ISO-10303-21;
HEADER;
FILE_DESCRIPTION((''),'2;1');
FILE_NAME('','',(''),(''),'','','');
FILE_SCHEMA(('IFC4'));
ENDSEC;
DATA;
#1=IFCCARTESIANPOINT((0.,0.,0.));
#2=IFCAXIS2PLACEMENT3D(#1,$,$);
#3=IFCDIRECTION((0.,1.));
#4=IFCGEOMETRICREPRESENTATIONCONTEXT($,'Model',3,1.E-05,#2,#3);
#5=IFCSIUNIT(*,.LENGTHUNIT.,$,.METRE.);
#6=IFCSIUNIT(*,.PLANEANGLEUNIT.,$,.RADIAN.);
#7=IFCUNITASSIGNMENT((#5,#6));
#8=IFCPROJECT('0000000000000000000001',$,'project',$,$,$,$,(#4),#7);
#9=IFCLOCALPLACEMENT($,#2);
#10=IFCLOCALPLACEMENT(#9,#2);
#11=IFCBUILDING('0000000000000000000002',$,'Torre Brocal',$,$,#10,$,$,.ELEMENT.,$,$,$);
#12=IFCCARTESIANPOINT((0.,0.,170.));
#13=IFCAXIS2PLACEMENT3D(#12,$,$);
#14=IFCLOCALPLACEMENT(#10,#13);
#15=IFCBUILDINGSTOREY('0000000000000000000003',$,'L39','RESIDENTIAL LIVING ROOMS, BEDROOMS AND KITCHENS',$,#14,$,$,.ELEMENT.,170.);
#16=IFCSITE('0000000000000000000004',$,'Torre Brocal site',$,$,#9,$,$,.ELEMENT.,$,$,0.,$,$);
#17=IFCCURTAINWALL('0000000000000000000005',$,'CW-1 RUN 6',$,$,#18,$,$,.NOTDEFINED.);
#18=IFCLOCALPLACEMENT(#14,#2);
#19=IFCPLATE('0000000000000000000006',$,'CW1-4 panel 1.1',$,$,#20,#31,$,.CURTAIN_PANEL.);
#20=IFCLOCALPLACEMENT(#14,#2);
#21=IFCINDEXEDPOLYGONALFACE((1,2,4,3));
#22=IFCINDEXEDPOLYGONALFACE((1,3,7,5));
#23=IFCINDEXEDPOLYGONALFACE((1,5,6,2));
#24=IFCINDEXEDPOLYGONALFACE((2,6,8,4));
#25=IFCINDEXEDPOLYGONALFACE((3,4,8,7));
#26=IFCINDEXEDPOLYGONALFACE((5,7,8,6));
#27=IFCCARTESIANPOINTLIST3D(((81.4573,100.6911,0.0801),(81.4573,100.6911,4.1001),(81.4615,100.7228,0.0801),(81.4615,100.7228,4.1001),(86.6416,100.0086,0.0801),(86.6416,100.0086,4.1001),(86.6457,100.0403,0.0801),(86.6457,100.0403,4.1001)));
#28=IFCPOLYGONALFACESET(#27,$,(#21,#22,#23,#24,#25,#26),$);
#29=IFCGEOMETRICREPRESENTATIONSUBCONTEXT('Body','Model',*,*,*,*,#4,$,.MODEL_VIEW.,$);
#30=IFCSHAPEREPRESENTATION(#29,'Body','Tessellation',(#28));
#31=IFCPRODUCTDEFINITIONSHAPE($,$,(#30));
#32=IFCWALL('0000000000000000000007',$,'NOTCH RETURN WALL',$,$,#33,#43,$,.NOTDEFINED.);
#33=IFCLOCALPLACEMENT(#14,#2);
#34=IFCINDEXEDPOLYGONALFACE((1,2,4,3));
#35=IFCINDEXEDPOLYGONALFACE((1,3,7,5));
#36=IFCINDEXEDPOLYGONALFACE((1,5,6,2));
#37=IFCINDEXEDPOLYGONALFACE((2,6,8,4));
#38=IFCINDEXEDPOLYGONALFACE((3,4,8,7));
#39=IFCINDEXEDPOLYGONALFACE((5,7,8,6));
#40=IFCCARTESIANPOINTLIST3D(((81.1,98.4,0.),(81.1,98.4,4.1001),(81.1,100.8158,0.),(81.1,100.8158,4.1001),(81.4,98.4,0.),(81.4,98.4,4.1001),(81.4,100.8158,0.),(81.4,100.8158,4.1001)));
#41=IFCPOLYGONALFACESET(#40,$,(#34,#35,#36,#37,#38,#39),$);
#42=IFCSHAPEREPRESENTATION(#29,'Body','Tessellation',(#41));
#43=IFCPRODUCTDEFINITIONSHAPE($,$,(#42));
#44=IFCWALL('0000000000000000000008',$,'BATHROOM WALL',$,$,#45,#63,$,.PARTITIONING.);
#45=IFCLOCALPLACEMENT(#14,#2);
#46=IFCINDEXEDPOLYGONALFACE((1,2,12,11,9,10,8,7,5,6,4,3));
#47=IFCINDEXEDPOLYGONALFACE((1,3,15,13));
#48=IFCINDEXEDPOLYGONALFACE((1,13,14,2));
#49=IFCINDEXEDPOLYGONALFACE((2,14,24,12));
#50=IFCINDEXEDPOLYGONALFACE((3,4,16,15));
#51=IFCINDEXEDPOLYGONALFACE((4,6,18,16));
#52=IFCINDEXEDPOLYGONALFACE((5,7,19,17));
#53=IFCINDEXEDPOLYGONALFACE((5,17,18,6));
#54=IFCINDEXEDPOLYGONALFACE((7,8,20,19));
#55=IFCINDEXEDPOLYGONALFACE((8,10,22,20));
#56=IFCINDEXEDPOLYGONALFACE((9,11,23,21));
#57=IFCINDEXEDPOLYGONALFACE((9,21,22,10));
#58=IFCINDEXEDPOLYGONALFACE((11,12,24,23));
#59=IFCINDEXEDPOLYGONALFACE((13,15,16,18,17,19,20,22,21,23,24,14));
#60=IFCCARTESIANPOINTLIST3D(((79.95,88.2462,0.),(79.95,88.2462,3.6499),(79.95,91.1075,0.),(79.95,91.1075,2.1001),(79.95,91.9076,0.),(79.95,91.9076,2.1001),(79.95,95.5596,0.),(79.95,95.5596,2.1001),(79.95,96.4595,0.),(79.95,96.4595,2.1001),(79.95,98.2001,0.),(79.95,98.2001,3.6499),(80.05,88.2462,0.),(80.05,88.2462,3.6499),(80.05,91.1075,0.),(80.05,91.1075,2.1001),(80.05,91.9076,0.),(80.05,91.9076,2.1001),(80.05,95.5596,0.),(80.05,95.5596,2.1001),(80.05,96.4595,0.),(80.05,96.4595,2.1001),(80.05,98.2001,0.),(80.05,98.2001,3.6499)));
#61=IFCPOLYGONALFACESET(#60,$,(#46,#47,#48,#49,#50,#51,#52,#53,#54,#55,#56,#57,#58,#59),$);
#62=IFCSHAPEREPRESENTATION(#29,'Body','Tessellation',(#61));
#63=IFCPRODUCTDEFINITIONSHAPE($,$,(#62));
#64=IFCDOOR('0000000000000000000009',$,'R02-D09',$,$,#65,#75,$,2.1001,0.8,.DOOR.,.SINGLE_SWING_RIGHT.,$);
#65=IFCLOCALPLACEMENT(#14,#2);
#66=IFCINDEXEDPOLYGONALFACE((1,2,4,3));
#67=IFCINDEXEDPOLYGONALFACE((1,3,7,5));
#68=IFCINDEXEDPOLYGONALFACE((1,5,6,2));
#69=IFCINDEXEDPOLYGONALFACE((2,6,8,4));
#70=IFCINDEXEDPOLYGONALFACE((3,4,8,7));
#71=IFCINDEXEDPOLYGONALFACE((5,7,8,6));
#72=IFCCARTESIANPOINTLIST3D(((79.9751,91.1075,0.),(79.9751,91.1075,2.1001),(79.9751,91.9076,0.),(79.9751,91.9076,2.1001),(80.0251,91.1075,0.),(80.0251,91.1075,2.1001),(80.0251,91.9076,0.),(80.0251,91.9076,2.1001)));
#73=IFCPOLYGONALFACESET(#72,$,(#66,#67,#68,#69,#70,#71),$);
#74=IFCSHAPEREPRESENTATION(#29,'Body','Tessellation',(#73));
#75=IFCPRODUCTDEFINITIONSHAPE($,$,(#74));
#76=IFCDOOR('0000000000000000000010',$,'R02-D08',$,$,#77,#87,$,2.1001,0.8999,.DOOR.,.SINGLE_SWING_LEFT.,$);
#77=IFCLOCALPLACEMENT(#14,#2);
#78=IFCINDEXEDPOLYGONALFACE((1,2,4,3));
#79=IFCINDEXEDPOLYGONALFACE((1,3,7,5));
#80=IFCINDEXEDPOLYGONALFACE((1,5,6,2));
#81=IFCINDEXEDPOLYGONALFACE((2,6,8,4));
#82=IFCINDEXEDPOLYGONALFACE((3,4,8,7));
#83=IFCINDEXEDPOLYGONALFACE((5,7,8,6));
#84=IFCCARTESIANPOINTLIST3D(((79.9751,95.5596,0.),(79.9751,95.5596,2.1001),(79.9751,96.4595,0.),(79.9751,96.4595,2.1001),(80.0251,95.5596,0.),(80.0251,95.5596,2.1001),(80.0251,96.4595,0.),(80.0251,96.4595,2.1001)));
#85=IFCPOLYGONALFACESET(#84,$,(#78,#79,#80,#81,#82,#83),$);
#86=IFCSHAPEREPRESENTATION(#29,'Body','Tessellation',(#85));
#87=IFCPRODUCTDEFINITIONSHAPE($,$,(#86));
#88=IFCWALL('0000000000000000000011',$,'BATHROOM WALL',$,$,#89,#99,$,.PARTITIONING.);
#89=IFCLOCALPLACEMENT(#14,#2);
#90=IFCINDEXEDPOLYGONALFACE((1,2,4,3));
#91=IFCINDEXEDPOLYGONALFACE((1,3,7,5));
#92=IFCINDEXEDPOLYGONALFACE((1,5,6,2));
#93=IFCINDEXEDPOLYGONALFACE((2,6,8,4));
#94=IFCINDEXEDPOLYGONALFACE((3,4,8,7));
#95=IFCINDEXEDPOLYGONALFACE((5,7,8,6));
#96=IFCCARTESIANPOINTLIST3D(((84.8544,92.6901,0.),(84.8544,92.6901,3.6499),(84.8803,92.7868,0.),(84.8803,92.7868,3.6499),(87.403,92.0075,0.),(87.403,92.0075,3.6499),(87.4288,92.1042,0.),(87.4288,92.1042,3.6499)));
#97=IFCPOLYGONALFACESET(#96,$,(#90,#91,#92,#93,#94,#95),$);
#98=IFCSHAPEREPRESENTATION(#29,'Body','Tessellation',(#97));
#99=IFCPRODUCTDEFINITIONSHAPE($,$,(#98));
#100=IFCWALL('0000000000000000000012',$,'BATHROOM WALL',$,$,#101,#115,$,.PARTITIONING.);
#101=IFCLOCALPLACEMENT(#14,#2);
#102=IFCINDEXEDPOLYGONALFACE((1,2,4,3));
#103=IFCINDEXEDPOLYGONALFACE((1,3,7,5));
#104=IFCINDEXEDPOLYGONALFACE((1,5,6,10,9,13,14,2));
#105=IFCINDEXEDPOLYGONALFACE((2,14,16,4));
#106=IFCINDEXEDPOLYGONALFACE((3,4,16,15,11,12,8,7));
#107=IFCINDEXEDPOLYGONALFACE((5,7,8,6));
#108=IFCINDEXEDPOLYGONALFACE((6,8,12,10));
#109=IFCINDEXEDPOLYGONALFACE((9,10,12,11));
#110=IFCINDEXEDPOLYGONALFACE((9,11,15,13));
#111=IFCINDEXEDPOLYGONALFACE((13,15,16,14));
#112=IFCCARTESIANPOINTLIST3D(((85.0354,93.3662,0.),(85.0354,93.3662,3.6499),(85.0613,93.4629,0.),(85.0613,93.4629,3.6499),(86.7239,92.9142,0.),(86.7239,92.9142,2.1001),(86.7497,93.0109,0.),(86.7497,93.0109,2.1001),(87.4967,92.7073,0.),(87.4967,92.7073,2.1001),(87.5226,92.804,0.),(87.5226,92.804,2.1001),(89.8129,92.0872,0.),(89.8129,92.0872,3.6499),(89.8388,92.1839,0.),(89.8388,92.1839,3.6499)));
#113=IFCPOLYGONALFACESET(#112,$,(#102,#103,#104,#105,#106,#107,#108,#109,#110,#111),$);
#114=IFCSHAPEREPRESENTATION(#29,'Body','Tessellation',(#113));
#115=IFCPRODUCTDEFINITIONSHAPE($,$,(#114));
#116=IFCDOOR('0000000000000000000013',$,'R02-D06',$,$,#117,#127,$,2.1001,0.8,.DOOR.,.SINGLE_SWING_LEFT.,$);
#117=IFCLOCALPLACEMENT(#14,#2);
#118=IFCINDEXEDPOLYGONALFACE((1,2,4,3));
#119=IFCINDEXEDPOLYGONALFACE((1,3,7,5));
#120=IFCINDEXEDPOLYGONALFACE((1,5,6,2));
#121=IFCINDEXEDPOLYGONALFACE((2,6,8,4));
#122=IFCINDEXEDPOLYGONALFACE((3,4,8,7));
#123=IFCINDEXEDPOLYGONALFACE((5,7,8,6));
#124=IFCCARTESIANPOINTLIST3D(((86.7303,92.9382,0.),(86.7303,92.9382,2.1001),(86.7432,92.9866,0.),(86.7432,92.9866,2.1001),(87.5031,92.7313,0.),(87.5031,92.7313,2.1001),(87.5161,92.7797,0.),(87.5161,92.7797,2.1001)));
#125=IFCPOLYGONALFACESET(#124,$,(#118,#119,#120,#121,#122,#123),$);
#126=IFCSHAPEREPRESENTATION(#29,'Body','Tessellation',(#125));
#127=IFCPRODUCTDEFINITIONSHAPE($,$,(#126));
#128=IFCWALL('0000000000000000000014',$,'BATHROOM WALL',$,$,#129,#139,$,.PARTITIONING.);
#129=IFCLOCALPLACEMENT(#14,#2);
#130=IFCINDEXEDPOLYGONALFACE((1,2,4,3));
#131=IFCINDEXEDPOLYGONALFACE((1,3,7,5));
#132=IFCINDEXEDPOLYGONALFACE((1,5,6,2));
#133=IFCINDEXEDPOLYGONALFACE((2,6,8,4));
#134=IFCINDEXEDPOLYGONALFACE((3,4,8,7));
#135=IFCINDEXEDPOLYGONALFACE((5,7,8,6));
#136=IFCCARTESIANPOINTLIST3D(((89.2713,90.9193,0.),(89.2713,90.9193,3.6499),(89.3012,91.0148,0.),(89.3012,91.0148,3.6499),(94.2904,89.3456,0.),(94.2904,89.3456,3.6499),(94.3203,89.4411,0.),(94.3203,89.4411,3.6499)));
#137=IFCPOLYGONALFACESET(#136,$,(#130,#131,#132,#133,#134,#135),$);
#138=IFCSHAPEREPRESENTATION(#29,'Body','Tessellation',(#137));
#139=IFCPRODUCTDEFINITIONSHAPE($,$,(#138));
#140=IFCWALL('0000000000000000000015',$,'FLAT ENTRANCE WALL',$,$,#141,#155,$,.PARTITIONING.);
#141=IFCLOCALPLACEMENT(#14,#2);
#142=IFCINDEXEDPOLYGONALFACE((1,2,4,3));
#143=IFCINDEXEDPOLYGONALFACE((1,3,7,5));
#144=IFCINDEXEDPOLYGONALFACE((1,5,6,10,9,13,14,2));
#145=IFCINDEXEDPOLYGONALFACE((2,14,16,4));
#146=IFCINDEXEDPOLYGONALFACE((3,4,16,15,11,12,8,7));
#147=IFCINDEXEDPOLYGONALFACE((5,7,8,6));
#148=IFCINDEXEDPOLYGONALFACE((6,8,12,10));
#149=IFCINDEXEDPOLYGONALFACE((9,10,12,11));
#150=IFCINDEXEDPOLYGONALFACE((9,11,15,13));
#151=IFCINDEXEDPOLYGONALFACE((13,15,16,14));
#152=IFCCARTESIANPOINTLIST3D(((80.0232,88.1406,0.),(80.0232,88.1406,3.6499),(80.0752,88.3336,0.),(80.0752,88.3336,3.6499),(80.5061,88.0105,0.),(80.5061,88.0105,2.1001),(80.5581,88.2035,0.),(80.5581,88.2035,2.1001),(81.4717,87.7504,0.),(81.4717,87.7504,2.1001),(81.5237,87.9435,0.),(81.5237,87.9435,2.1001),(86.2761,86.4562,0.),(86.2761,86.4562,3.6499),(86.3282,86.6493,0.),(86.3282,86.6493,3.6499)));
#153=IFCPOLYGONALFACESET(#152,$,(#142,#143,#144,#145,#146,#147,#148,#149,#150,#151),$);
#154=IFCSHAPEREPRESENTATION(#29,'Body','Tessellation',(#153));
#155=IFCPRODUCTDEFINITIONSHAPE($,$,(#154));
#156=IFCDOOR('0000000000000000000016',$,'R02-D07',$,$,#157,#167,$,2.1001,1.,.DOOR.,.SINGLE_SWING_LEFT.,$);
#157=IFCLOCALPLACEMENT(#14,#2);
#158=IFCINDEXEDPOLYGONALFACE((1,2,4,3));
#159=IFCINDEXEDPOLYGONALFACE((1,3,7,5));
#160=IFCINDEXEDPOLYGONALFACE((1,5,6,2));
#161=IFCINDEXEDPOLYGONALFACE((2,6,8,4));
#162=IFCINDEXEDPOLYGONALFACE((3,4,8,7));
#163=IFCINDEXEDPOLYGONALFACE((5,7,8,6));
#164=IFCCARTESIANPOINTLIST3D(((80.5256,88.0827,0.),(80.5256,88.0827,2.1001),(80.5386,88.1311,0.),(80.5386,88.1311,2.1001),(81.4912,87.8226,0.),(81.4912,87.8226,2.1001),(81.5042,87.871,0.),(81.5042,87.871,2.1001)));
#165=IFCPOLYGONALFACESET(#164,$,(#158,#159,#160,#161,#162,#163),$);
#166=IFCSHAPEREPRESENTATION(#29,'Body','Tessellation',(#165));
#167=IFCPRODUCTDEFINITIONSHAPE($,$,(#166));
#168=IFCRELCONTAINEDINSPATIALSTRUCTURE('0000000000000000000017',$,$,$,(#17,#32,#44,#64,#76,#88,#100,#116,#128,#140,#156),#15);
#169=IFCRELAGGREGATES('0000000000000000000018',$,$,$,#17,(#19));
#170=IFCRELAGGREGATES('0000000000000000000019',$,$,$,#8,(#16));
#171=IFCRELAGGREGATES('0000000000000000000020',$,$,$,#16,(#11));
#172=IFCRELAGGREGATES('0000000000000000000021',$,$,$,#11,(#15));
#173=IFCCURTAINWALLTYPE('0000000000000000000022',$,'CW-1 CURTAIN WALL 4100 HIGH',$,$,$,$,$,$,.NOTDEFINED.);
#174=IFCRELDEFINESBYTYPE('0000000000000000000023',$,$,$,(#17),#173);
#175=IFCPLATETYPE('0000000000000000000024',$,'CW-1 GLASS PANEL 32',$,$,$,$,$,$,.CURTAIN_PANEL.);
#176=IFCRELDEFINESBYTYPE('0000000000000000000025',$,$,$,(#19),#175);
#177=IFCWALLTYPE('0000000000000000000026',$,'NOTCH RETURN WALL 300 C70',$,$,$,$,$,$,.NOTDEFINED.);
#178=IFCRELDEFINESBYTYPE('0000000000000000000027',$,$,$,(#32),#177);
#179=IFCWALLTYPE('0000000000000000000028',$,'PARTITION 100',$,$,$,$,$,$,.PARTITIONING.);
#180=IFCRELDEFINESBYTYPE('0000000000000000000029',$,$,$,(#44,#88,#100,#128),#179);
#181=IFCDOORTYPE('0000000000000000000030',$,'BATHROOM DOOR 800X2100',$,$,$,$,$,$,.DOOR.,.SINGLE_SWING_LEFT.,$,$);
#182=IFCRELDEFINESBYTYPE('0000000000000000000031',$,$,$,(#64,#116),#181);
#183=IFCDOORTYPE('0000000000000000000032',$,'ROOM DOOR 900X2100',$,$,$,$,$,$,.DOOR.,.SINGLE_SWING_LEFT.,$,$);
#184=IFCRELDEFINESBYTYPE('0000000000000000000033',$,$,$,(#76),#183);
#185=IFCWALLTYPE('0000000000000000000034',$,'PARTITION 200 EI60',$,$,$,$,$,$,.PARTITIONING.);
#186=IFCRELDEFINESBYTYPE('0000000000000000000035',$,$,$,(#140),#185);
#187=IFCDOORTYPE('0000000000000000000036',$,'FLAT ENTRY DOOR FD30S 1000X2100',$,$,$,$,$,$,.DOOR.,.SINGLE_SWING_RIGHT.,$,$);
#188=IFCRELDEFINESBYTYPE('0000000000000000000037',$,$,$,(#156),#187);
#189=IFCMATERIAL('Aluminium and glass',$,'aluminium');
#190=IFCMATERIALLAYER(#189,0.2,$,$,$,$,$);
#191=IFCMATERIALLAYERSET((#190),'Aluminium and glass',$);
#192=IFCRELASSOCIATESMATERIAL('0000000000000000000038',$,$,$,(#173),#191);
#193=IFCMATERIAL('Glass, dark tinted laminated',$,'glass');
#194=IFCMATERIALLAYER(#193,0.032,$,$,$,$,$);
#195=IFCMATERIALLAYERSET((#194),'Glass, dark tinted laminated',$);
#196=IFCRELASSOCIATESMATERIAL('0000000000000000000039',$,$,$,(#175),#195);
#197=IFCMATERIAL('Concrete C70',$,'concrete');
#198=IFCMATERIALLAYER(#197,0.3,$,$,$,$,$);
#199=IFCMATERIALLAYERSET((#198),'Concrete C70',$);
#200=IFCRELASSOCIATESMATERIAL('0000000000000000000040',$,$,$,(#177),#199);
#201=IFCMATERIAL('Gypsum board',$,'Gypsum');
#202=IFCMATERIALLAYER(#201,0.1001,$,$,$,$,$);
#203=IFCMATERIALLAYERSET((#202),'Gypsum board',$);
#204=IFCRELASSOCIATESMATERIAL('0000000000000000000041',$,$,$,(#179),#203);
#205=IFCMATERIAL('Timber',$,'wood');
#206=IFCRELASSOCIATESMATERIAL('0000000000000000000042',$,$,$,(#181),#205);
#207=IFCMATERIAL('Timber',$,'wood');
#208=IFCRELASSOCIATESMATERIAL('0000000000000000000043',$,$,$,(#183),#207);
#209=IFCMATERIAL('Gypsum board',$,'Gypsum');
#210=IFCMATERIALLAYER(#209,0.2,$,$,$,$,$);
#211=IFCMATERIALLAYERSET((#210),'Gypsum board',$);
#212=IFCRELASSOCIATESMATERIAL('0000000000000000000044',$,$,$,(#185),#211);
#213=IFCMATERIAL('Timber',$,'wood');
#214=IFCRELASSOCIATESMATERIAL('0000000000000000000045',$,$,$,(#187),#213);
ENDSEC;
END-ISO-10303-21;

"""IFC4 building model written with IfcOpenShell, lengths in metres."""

from ifc_helpers import new_model, si_unit, direction, frame, frame_2d, origin, origin_2d, place, context, subcontext, project, spatial, rectangle, extrude, material, layer, layer_set, type_object, element, fill, aggregate, save


model = new_model("IFC4")

# Units and contexts
model_context = context("Model", 3, precision=1e-05, world=origin(), true_north=direction((0.0, 1.0)))
body_context = subcontext(model_context, "Body", "Model", "MODEL_VIEW")
ifc_project = project(units=[si_unit("LENGTHUNIT", "METRE"), si_unit("PLANEANGLEUNIT", "RADIAN")], contexts=[model_context])

# Site, building, storey
site_placement = place(None, origin())
site = spatial("IfcSite", under=ifc_project, at=site_placement, Name="Torre Brocal site", CompositionType="ELEMENT", RefElevation=0.0)
building_placement = place(site_placement, origin())
building = spatial("IfcBuilding", under=site, at=building_placement, Name="Torre Brocal", CompositionType="ELEMENT")
storey_placement = place(building_placement, frame((0.0, 0.0, 170.0)))
storey = spatial("IfcBuildingStorey", under=building, at=storey_placement, Name="L39", Description="RESIDENTIAL LIVING ROOMS, BEDROOMS AND KITCHENS", CompositionType="ELEMENT", Elevation=170.0)

# Shared definitions
ifc_material_1 = material(Name="Aluminium and glass", Category="aluminium")
ifc_layer_1 = layer(ifc_material_1, 0.2)
ifc_layer_set_1 = layer_set([ifc_layer_1], Name="Aluminium and glass")
curtain_wall_type = type_object("IfcCurtainWallType", Name="CW-1 CURTAIN WALL 4100 HIGH", PredefinedType="NOTDEFINED", material=ifc_layer_set_1)

# Curtain wall
curtain_wall_1_placement = place(storey_placement, origin())
curtain_wall_1 = element("IfcCurtainWall", 1, at=curtain_wall_1_placement, inside=storey, type_object=curtain_wall_type, Name="CW-1 RUN 6", PredefinedType="NOTDEFINED")

# Plate
ifc_material_2 = material(Name="Glass, dark tinted laminated", Category="glass")
ifc_layer_2 = layer(ifc_material_2, 0.032)
ifc_layer_set_2 = layer_set([ifc_layer_2], Name="Glass, dark tinted laminated")
plate_type = type_object("IfcPlateType", Name="CW-1 GLASS PANEL 32", PredefinedType="CURTAIN_PANEL", material=ifc_layer_set_2)
plate_1_placement = place(storey_placement, frame((84.0515, 100.3657, 0.0801), z_axis=(0.0, 0.0, 1.0), x_axis=(-0.991445, 0.130526, 0.0)))
plate_1 = element("IfcPlate", 2, at=plate_1_placement, type_object=plate_type, Name="CW1-4 panel 1.1", PredefinedType="CURTAIN_PANEL", context=body_context, shape_type="SweptSolid", body=[
    extrude(rectangle(XDim=5.229, YDim=0.032, at=origin_2d()), origin(), (0.0, 0.0, 1.0), 4.02),
])
aggregate(curtain_wall_1, [plate_1])

# Wall
ifc_material_3 = material(Name="Concrete C70", Category="concrete")
ifc_layer_3 = layer(ifc_material_3, 0.3)
ifc_layer_set_3 = layer_set([ifc_layer_3], Name="Concrete C70")
wall_type_1 = type_object("IfcWallType", Name="NOTCH RETURN WALL 300 C70", PredefinedType="NOTDEFINED", material=ifc_layer_set_3)
wall_1_placement = place(storey_placement, frame((81.25, 98.3999, 0.0), z_axis=(0.0, 0.0, 1.0), x_axis=(0.0, 1.0, 0.0)))
element("IfcWall", 3, at=wall_1_placement, inside=storey, type_object=wall_type_1, Name="NOTCH RETURN WALL", PredefinedType="NOTDEFINED", context=body_context, shape_type="SweptSolid", body=[
    extrude(rectangle(XDim=2.4158, YDim=0.3, at=frame_2d((1.208, 0.0))), origin(), (0.0, 0.0, 1.0), 4.1001),
])

# Wall, openings, doors
ifc_material_4 = material(Name="Gypsum board", Category="Gypsum")
ifc_layer_4 = layer(ifc_material_4, 0.1001)
ifc_layer_set_4 = layer_set([ifc_layer_4], Name="Gypsum board")
wall_type_2 = type_object("IfcWallType", Name="PARTITION 100", PredefinedType="PARTITIONING", material=ifc_layer_set_4)
wall_2_placement = place(storey_placement, frame((80.0, 88.2461, 0.0), z_axis=(0.0, 0.0, 1.0), x_axis=(0.0, 1.0, 0.0)))
wall_2 = element("IfcWall", 4, at=wall_2_placement, inside=storey, type_object=wall_type_2, Name="BATHROOM WALL", PredefinedType="PARTITIONING", context=body_context, shape_type="SweptSolid", body=[
    extrude(rectangle(XDim=9.9539, YDim=0.1001, at=frame_2d((4.9771, 0.0))), origin(), (0.0, 0.0, 1.0), 3.6499),
])
opening_1_placement = place(wall_2_placement, frame((7.3135, 0.0, 0.0)))
opening_1 = element("IfcOpeningElement", 5, at=opening_1_placement, cuts=wall_2, PredefinedType="OPENING", context=body_context, shape_type="SweptSolid", body=[
    extrude(rectangle(XDim=0.8999, YDim=2.1001, at=frame_2d((0.45, 1.05))), frame((0.0, 0.0601, 0.0), z_axis=(0.0, -1.0, 0.0), x_axis=(1.0, 0.0, 0.0)), (0.0, 0.0, 1.0), 0.1201),
])
opening_2_placement = place(wall_2_placement, frame((2.8616, 0.0, 0.0)))
opening_2 = element("IfcOpeningElement", 6, at=opening_2_placement, cuts=wall_2, PredefinedType="OPENING", context=body_context, shape_type="SweptSolid", body=[
    extrude(rectangle(XDim=0.8, YDim=2.1001, at=frame_2d((0.3999, 1.05))), frame((0.0, 0.0601, 0.0), z_axis=(0.0, -1.0, 0.0), x_axis=(1.0, 0.0, 0.0)), (0.0, 0.0, 1.0), 0.1201),
])
ifc_material_5 = material(Name="Timber", Category="wood")
door_type_1 = type_object("IfcDoorType", Name="BATHROOM DOOR 800X2100", OperationType="SINGLE_SWING_LEFT", PredefinedType="DOOR", material=ifc_material_5)
door_1_placement = place(opening_2_placement, origin())
door_1 = element("IfcDoor", 7, at=door_1_placement, inside=storey, type_object=door_type_1, Name="R02-D09", OperationType="SINGLE_SWING_RIGHT", OverallHeight=2.1001, OverallWidth=0.8, PredefinedType="DOOR", context=body_context, shape_type="SweptSolid", body=[
    extrude(rectangle(XDim=0.8, YDim=2.1001, at=frame_2d((0.3999, 1.05))), frame((0.0, 0.0249, 0.0), z_axis=(0.0, -1.0, 0.0), x_axis=(1.0, 0.0, 0.0)), (0.0, 0.0, 1.0), 0.05),
])
fill(opening_2, door_1)
ifc_material_6 = material(Name="Timber", Category="wood")
door_type_2 = type_object("IfcDoorType", Name="ROOM DOOR 900X2100", OperationType="SINGLE_SWING_LEFT", PredefinedType="DOOR", material=ifc_material_6)
door_2_placement = place(opening_1_placement, origin())
door_2 = element("IfcDoor", 8, at=door_2_placement, inside=storey, type_object=door_type_2, Name="R02-D08", OperationType="SINGLE_SWING_LEFT", OverallHeight=2.1001, OverallWidth=0.8999, PredefinedType="DOOR", context=body_context, shape_type="SweptSolid", body=[
    extrude(rectangle(XDim=0.8999, YDim=2.1001, at=frame_2d((0.45, 1.05))), frame((0.0, 0.0249, 0.0), z_axis=(0.0, -1.0, 0.0), x_axis=(1.0, 0.0, 0.0)), (0.0, 0.0, 1.0), 0.05),
])
fill(opening_1, door_2)

# Wall
wall_3_placement = place(storey_placement, frame((84.8672, 92.7385, 0.0), z_axis=(0.0, 0.0, 1.0), x_axis=(0.965952, -0.258722, 0.0)))
element("IfcWall", 9, at=wall_3_placement, inside=storey, type_object=wall_type_2, Name="BATHROOM WALL", PredefinedType="PARTITIONING", context=body_context, shape_type="SweptSolid", body=[
    extrude(rectangle(XDim=2.6384, YDim=0.1001, at=frame_2d((1.3193, 0.0))), origin(), (0.0, 0.0, 1.0), 3.6499),
])

# Wall, opening, door
wall_4_placement = place(storey_placement, frame((85.0483, 93.4146, 0.0), z_axis=(0.0, 0.0, 1.0), x_axis=(0.965981, -0.258612, 0.0)))
wall_4 = element("IfcWall", 10, at=wall_4_placement, inside=storey, type_object=wall_type_2, Name="BATHROOM WALL", PredefinedType="PARTITIONING", context=body_context, shape_type="SweptSolid", body=[
    extrude(rectangle(XDim=4.9458, YDim=0.1001, at=frame_2d((2.4729, 0.0))), origin(), (0.0, 0.0, 1.0), 3.6499),
])
opening_3_placement = place(wall_4_placement, frame((1.748, 0.0, 0.0)))
opening_3 = element("IfcOpeningElement", 11, at=opening_3_placement, cuts=wall_4, PredefinedType="OPENING", context=body_context, shape_type="SweptSolid", body=[
    extrude(rectangle(XDim=0.8, YDim=2.1001, at=frame_2d((0.3999, 1.05))), frame((0.0, 0.0601, 0.0), z_axis=(0.0, -1.0, 0.0), x_axis=(1.0, 0.0, 0.0)), (0.0, 0.0, 1.0), 0.1201),
])
door_3_placement = place(opening_3_placement, origin())
door_3 = element("IfcDoor", 12, at=door_3_placement, inside=storey, type_object=door_type_1, Name="R02-D06", OperationType="SINGLE_SWING_LEFT", OverallHeight=2.1001, OverallWidth=0.8, PredefinedType="DOOR", context=body_context, shape_type="SweptSolid", body=[
    extrude(rectangle(XDim=0.8, YDim=2.1001, at=frame_2d((0.3999, 1.05))), frame((0.0, 0.0249, 0.0), z_axis=(0.0, -1.0, 0.0), x_axis=(1.0, 0.0, 0.0)), (0.0, 0.0, 1.0), 0.05),
])
fill(opening_3, door_3)

# Wall
wall_5_placement = place(storey_placement, frame((89.2864, 90.967, 0.0), z_axis=(0.0, 0.0, 1.0), x_axis=(0.954194, -0.299189, 0.0)))
element("IfcWall", 13, at=wall_5_placement, inside=storey, type_object=wall_type_2, Name="BATHROOM WALL", PredefinedType="PARTITIONING", context=body_context, shape_type="SweptSolid", body=[
    extrude(rectangle(XDim=5.26, YDim=0.1001, at=frame_2d((2.6299, 0.0))), origin(), (0.0, 0.0, 1.0), 3.6499),
])

# Wall, opening, door
ifc_material_7 = material(Name="Gypsum board", Category="Gypsum")
ifc_layer_5 = layer(ifc_material_7, 0.2)
ifc_layer_set_5 = layer_set([ifc_layer_5], Name="Gypsum board")
wall_type_3 = type_object("IfcWallType", Name="PARTITION 200 EI60", PredefinedType="PARTITIONING", material=ifc_layer_set_5)
wall_6_placement = place(storey_placement, frame((80.0493, 88.2371, 0.0), z_axis=(0.0, 0.0, 1.0), x_axis=(0.965583, -0.260095, 0.0)))
wall_6 = element("IfcWall", 14, at=wall_6_placement, inside=storey, type_object=wall_type_3, Name="FLAT ENTRANCE WALL", PredefinedType="PARTITIONING", context=body_context, shape_type="SweptSolid", body=[
    extrude(rectangle(XDim=6.4758, YDim=0.2, at=frame_2d((3.2378, 0.0))), origin(), (0.0, 0.0, 1.0), 3.6499),
])
opening_4_placement = place(wall_6_placement, frame((0.5, 0.0, 0.0)))
opening_4 = element("IfcOpeningElement", 15, at=opening_4_placement, cuts=wall_6, PredefinedType="OPENING", context=body_context, shape_type="SweptSolid", body=[
    extrude(rectangle(XDim=1.0, YDim=2.1001, at=frame_2d((0.5, 1.05))), frame((0.0, 0.1099, 0.0), z_axis=(0.0, -1.0, 0.0), x_axis=(1.0, 0.0, 0.0)), (0.0, 0.0, 1.0), 0.22),
])
ifc_material_8 = material(Name="Timber", Category="wood")
door_type_3 = type_object("IfcDoorType", Name="FLAT ENTRY DOOR FD30S 1000X2100", OperationType="SINGLE_SWING_RIGHT", PredefinedType="DOOR", material=ifc_material_8)
door_4_placement = place(opening_4_placement, origin())
door_4 = element("IfcDoor", 16, at=door_4_placement, inside=storey, type_object=door_type_3, Name="R02-D07", OperationType="SINGLE_SWING_LEFT", OverallHeight=2.1001, OverallWidth=1.0, PredefinedType="DOOR", context=body_context, shape_type="SweptSolid", body=[
    extrude(rectangle(XDim=1.0, YDim=2.1001, at=frame_2d((0.5, 1.05))), frame((0.0, 0.0249, 0.0), z_axis=(0.0, -1.0, 0.0), x_axis=(1.0, 0.0, 0.0)), (0.0, 0.0, 1.0), 0.05),
])
fill(opening_4, door_4)

save(model, "model.ifc")
